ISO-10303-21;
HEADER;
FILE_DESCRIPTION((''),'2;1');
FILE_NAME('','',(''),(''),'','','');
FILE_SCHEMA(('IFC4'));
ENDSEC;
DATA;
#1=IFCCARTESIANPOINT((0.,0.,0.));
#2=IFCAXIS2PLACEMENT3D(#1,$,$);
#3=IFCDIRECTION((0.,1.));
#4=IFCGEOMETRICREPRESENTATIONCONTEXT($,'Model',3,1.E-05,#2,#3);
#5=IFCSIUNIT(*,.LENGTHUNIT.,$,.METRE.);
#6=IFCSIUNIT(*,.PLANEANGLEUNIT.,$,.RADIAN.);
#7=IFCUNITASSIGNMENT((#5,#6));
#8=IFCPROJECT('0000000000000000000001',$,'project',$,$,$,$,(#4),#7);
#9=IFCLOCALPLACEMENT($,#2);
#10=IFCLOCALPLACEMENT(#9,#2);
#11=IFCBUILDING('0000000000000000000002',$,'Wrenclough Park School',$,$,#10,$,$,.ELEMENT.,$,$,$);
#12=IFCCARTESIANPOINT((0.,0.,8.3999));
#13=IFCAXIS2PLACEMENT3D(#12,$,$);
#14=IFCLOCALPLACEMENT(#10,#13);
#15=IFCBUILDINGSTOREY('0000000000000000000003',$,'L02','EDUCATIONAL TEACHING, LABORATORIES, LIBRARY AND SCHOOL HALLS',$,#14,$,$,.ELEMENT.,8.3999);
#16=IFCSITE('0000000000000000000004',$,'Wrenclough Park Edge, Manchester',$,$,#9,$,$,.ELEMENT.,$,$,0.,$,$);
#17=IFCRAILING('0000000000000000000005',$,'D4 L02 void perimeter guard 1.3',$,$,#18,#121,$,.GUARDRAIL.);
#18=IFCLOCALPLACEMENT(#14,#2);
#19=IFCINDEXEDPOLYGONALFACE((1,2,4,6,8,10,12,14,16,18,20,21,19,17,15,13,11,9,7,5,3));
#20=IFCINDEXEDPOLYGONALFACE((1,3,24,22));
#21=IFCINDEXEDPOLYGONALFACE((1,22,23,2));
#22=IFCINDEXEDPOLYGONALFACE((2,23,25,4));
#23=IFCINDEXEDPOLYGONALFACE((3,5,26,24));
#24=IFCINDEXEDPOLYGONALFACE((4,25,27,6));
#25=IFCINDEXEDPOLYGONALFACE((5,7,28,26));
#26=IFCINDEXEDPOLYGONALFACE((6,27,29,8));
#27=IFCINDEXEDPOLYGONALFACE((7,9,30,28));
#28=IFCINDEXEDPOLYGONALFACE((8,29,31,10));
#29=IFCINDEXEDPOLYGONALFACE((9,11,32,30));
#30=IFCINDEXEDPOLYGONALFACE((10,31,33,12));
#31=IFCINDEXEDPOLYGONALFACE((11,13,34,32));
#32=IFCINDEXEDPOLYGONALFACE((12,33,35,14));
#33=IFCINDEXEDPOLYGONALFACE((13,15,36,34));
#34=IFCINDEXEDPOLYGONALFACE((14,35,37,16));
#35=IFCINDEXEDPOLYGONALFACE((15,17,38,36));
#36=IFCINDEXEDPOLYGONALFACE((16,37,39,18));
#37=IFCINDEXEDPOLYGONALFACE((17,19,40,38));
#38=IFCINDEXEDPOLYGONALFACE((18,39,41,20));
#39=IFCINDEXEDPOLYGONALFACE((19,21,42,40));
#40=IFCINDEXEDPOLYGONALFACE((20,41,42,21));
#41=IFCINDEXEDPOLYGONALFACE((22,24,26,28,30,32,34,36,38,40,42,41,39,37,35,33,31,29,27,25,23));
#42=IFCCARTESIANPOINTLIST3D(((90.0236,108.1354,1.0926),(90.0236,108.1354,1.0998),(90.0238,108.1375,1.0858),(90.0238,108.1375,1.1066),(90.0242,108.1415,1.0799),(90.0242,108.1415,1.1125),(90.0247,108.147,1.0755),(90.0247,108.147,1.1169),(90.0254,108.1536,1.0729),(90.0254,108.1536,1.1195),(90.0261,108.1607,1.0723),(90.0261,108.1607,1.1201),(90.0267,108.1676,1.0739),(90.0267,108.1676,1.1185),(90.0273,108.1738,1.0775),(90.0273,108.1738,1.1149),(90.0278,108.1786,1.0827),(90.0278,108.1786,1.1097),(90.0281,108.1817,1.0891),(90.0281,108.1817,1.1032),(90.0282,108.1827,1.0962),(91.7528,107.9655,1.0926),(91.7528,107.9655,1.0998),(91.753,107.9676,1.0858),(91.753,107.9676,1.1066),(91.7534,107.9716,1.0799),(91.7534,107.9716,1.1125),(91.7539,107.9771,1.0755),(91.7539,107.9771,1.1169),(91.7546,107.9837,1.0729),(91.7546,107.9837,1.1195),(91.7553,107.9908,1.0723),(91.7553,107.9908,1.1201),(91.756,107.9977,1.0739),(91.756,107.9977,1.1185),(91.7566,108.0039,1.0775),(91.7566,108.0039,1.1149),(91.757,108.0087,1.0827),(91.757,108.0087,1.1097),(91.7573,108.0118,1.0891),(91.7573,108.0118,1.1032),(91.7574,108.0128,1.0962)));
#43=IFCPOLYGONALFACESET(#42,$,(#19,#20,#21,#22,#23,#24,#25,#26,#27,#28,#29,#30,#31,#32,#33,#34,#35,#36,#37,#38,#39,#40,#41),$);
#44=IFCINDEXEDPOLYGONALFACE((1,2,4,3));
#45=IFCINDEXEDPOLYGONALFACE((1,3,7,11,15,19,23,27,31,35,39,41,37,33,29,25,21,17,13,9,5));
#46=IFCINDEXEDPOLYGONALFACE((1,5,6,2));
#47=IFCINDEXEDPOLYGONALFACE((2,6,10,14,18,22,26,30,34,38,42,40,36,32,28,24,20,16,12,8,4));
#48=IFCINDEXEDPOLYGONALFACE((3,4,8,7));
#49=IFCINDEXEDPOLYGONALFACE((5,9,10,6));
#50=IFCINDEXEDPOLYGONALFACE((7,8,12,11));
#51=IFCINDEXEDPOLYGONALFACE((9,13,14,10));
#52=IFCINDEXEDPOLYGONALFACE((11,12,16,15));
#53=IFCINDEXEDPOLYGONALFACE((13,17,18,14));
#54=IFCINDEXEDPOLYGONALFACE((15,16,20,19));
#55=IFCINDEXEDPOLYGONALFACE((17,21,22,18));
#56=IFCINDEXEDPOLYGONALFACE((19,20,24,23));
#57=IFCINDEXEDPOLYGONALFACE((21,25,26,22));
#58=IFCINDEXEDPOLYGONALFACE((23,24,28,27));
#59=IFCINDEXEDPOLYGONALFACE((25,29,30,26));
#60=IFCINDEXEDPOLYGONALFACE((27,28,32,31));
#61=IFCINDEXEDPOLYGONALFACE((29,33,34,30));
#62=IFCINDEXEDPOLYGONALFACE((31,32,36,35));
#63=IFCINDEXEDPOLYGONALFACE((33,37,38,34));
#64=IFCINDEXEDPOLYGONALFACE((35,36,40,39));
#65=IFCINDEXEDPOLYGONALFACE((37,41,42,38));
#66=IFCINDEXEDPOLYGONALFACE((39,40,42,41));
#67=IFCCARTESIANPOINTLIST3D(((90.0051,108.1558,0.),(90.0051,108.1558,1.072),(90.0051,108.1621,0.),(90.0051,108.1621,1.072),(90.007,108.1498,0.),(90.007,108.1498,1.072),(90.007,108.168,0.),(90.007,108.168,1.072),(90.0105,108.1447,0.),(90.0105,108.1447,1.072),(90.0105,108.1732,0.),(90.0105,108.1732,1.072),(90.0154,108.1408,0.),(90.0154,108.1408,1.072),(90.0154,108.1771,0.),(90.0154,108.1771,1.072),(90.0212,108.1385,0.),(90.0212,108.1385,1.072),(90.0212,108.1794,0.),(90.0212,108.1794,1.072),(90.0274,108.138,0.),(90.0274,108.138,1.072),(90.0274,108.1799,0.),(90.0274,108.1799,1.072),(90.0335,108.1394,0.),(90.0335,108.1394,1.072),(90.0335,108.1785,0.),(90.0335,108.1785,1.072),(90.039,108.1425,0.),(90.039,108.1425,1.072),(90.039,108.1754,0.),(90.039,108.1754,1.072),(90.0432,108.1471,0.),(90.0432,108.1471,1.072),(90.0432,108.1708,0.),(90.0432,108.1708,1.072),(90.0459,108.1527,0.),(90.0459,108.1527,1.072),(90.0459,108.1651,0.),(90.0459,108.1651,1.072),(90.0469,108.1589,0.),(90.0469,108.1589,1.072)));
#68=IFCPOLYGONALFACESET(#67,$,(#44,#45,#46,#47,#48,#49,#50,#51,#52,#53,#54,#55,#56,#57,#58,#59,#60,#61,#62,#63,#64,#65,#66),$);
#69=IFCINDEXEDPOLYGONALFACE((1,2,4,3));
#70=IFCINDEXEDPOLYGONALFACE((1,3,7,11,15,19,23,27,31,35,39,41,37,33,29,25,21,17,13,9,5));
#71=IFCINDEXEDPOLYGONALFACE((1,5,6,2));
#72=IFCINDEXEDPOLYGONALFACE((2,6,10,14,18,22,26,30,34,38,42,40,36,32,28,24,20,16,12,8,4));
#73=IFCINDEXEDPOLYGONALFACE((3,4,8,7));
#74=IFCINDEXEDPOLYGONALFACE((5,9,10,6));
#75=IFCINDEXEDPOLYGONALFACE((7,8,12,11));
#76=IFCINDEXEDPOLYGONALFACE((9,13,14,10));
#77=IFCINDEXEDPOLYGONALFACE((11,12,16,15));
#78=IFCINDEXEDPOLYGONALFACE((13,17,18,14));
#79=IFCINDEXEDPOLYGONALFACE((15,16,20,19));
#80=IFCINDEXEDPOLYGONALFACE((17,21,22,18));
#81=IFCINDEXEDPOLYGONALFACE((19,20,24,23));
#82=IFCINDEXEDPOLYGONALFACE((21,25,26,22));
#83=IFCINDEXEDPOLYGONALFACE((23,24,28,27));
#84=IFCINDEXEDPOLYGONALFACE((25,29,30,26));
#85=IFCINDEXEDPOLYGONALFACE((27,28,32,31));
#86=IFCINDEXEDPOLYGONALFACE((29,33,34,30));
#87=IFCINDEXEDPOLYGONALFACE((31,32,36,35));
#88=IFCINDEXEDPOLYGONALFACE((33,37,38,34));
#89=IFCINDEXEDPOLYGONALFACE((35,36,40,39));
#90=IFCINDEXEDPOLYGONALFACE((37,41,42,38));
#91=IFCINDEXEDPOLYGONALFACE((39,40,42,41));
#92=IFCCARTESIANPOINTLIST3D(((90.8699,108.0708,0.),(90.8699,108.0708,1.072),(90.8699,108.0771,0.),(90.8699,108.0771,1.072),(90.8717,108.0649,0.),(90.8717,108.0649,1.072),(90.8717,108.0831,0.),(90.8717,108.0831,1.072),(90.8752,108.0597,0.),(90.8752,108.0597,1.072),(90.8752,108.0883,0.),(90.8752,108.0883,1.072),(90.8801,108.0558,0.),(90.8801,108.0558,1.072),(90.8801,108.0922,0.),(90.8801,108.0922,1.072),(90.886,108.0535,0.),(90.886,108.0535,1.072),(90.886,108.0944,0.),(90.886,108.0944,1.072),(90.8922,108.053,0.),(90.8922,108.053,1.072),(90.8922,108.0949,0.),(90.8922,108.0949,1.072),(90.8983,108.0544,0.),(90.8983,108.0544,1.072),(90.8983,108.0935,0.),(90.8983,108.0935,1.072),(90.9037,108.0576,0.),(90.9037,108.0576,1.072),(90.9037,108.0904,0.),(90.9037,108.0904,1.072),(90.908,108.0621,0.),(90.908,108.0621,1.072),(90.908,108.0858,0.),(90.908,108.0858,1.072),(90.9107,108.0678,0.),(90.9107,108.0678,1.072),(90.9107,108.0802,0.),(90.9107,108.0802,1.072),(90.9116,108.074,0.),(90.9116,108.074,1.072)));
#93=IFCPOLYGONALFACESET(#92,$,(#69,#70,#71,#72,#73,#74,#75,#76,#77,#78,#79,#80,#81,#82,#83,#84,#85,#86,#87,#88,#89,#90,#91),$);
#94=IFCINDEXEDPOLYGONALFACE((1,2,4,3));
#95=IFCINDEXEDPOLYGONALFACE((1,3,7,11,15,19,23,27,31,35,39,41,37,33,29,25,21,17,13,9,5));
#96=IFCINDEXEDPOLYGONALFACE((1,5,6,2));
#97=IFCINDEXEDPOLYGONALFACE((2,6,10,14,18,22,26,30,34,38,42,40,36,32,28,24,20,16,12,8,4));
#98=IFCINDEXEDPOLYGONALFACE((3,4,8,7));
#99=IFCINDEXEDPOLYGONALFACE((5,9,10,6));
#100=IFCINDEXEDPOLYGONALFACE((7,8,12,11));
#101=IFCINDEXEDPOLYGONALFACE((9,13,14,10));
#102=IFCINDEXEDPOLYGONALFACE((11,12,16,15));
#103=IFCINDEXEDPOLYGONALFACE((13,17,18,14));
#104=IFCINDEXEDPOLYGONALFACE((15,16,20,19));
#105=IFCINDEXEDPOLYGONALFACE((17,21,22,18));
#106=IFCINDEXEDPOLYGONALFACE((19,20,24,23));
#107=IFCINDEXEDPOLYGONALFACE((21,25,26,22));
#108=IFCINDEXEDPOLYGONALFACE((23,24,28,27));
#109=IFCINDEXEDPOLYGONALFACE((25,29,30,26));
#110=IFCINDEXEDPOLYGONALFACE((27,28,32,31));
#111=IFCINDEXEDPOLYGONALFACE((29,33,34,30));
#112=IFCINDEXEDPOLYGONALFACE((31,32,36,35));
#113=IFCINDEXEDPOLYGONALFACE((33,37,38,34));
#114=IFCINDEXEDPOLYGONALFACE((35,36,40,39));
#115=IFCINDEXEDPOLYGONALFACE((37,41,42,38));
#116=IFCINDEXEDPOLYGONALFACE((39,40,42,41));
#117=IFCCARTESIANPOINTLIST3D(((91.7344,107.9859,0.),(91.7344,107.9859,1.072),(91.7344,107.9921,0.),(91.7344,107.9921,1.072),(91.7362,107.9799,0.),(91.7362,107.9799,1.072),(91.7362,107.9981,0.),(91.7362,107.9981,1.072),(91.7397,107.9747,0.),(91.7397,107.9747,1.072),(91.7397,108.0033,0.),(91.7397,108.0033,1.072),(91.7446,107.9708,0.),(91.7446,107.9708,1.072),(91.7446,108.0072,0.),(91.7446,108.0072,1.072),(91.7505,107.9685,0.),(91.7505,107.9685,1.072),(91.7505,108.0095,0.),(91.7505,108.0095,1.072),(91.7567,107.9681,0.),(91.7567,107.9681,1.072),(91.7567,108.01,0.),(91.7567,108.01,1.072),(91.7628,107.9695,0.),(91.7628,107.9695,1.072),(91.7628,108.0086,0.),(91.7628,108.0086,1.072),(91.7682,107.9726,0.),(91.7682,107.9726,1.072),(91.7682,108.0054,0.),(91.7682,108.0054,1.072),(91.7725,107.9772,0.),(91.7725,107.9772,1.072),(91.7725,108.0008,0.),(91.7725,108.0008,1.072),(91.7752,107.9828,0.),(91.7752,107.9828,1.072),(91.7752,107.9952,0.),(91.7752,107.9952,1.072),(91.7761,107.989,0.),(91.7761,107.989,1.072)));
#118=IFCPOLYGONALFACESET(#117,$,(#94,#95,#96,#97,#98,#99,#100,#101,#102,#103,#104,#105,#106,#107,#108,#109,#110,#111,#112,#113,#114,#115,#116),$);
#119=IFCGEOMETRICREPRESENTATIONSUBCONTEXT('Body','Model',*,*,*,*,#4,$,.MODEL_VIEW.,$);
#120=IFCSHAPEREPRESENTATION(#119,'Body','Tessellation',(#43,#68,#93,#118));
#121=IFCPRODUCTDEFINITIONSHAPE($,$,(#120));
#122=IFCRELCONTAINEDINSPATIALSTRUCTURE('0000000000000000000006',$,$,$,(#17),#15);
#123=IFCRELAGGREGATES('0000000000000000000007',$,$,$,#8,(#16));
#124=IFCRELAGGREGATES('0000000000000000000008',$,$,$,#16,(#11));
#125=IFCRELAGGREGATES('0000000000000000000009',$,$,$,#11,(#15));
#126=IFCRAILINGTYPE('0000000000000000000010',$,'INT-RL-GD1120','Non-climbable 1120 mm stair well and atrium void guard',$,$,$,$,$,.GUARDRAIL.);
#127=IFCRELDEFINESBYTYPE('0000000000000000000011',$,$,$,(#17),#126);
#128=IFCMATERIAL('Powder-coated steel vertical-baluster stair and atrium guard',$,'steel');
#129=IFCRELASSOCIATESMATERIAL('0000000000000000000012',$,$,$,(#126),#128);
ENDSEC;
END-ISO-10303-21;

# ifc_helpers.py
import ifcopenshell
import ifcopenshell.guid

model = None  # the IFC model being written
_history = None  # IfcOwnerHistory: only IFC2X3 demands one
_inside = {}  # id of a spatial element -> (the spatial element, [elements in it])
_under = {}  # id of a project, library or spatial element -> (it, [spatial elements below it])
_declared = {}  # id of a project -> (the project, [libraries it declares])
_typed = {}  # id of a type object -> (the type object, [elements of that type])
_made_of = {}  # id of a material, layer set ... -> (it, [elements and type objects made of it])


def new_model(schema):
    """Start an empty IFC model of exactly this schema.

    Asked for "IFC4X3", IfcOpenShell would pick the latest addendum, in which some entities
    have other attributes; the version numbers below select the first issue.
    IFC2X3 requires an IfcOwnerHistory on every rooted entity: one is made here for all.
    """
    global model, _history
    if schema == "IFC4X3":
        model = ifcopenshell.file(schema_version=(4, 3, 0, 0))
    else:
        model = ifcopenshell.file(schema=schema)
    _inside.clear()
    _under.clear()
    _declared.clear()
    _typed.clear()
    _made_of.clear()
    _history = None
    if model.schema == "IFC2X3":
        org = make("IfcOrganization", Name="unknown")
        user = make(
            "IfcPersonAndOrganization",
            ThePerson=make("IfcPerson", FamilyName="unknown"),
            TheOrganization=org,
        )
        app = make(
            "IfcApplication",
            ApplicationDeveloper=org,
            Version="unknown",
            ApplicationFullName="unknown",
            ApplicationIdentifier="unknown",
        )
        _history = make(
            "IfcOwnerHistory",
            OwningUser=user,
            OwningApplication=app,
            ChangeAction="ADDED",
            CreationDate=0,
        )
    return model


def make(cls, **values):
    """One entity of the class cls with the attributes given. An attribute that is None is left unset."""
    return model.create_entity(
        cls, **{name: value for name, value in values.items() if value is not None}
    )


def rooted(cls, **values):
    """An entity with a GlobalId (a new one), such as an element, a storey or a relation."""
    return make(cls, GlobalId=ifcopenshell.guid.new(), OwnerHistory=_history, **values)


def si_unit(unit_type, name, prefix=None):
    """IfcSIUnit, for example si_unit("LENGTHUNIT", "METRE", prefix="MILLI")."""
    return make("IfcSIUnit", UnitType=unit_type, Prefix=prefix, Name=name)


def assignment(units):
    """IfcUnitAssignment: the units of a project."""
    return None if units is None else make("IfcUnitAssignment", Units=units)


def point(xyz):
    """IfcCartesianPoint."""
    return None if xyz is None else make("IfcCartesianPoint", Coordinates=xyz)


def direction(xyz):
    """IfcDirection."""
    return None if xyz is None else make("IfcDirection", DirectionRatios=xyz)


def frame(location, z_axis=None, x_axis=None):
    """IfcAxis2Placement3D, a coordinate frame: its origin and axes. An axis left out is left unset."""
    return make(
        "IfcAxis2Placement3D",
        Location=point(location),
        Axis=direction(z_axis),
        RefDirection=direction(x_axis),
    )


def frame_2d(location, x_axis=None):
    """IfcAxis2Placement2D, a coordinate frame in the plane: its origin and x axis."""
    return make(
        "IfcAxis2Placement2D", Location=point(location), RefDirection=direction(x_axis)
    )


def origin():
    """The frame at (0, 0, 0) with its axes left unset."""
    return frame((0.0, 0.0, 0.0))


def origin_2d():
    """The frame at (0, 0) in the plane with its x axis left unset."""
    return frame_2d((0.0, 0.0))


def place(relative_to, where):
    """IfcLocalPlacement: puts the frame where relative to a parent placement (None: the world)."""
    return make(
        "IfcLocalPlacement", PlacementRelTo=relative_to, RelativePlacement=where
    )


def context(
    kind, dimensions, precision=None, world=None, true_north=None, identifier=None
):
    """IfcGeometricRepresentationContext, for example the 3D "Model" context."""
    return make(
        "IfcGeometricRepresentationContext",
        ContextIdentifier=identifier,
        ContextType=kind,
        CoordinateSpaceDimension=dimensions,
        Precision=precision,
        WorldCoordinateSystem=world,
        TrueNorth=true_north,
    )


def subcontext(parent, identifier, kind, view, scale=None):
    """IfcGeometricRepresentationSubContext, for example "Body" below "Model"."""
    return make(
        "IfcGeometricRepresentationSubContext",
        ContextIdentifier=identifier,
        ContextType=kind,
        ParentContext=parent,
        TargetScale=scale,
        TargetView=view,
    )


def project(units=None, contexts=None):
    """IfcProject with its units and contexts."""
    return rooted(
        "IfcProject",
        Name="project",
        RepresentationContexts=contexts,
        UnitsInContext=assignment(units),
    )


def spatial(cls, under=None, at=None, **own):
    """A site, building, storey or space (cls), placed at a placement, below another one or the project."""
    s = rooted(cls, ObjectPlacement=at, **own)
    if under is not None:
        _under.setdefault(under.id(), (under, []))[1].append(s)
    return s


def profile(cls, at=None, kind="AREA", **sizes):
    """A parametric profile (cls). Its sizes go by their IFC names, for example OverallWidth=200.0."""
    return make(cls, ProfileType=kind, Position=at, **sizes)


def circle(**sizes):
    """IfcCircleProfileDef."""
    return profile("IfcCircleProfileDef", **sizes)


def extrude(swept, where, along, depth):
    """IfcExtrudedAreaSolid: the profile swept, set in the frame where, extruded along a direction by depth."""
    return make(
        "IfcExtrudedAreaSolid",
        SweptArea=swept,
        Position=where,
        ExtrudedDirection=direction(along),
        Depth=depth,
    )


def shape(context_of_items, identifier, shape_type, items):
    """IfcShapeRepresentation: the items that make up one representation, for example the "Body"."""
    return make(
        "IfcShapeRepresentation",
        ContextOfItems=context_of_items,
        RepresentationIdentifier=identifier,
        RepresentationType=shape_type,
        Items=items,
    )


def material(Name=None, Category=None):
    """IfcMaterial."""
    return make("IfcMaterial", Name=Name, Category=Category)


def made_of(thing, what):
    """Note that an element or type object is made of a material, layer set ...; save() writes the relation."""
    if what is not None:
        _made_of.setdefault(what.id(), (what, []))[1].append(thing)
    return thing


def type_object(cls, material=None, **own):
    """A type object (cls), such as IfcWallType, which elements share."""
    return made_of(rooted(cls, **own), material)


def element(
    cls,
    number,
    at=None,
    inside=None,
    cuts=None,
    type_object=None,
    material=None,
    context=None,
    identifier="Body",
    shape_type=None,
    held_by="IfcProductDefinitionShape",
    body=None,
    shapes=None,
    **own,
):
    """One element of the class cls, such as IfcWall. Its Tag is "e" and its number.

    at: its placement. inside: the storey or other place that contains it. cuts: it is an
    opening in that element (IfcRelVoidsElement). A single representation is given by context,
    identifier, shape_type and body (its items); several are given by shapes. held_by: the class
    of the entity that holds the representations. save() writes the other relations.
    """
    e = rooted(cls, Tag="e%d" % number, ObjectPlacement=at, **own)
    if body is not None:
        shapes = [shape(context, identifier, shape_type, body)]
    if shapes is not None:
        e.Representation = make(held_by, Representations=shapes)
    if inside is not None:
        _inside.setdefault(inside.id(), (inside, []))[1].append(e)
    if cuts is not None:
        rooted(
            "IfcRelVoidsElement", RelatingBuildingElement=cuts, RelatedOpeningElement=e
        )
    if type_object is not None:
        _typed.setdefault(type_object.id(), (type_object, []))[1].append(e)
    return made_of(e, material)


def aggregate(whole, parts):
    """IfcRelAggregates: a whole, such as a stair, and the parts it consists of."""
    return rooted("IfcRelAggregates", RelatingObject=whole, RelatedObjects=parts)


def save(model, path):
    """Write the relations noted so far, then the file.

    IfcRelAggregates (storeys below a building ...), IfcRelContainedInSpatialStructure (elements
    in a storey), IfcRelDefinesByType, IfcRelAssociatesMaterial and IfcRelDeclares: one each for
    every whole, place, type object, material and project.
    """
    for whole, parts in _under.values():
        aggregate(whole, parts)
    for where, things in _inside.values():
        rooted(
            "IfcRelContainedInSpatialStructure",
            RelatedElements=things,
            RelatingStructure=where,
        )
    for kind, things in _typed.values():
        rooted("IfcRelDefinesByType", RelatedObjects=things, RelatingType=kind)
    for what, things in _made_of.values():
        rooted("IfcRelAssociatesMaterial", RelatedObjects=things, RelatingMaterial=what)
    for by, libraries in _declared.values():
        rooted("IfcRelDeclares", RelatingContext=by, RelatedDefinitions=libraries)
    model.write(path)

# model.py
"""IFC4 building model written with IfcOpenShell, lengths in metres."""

from ifc_helpers import new_model, si_unit, direction, frame, origin, origin_2d, place, context, subcontext, project, spatial, circle, extrude, material, type_object, element, save


model = new_model("IFC4")

# Units and contexts
model_context = context("Model", 3, precision=1e-05, world=origin(), true_north=direction((0.0, 1.0)))
body_context = subcontext(model_context, "Body", "Model", "MODEL_VIEW")
ifc_project = project(units=[si_unit("LENGTHUNIT", "METRE"), si_unit("PLANEANGLEUNIT", "RADIAN")], contexts=[model_context])

# Site, building, storey
site_placement = place(None, origin())
site = spatial("IfcSite", under=ifc_project, at=site_placement, Name="Wrenclough Park Edge, Manchester", CompositionType="ELEMENT", RefElevation=0.0)
building_placement = place(site_placement, origin())
building = spatial("IfcBuilding", under=site, at=building_placement, Name="Wrenclough Park School", CompositionType="ELEMENT")
storey_placement = place(building_placement, frame((0.0, 0.0, 8.3999)))
storey = spatial("IfcBuildingStorey", under=building, at=storey_placement, Name="L02", Description="EDUCATIONAL TEACHING, LABORATORIES, LIBRARY AND SCHOOL HALLS", CompositionType="ELEMENT", Elevation=8.3999)

# Railing
ifc_material_1 = material(Name="Powder-coated steel vertical-baluster stair and atrium guard", Category="steel")
railing_type_1 = type_object("IfcRailingType", Name="INT-RL-GD1120", Description="Non-climbable 1120 mm stair well and atrium void guard", PredefinedType="GUARDRAIL", material=ifc_material_1)
railing_1_placement = place(storey_placement, frame((90.0259, 108.1589, 0.0)))
element("IfcRailing", 1, at=railing_1_placement, inside=storey, type_object=railing_type_1, Name="D4 L02 void perimeter guard 1.3", PredefinedType="GUARDRAIL", context=body_context, shape_type="SweptSolid", body=[
    extrude(circle(Radius=0.0239, at=origin_2d()), frame((0.0, 0.0, 1.0962), z_axis=(0.995207, -0.097792, 0.0), x_axis=(0.097792, 0.995207, 0.0)), (0.0, 0.0, 1.0), 1.7375),
    extrude(circle(Radius=0.021, at=origin_2d()), origin(), (0.0, 0.0, 1.0), 1.072),
    extrude(circle(Radius=0.021, at=origin_2d()), frame((0.8647, -0.085, 0.0)), (0.0, 0.0, 1.0), 1.072),
    extrude(circle(Radius=0.021, at=origin_2d()), frame((1.7292, -0.1699, 0.0)), (0.0, 0.0, 1.0), 1.072),
])

save(model, "model.ifc")
